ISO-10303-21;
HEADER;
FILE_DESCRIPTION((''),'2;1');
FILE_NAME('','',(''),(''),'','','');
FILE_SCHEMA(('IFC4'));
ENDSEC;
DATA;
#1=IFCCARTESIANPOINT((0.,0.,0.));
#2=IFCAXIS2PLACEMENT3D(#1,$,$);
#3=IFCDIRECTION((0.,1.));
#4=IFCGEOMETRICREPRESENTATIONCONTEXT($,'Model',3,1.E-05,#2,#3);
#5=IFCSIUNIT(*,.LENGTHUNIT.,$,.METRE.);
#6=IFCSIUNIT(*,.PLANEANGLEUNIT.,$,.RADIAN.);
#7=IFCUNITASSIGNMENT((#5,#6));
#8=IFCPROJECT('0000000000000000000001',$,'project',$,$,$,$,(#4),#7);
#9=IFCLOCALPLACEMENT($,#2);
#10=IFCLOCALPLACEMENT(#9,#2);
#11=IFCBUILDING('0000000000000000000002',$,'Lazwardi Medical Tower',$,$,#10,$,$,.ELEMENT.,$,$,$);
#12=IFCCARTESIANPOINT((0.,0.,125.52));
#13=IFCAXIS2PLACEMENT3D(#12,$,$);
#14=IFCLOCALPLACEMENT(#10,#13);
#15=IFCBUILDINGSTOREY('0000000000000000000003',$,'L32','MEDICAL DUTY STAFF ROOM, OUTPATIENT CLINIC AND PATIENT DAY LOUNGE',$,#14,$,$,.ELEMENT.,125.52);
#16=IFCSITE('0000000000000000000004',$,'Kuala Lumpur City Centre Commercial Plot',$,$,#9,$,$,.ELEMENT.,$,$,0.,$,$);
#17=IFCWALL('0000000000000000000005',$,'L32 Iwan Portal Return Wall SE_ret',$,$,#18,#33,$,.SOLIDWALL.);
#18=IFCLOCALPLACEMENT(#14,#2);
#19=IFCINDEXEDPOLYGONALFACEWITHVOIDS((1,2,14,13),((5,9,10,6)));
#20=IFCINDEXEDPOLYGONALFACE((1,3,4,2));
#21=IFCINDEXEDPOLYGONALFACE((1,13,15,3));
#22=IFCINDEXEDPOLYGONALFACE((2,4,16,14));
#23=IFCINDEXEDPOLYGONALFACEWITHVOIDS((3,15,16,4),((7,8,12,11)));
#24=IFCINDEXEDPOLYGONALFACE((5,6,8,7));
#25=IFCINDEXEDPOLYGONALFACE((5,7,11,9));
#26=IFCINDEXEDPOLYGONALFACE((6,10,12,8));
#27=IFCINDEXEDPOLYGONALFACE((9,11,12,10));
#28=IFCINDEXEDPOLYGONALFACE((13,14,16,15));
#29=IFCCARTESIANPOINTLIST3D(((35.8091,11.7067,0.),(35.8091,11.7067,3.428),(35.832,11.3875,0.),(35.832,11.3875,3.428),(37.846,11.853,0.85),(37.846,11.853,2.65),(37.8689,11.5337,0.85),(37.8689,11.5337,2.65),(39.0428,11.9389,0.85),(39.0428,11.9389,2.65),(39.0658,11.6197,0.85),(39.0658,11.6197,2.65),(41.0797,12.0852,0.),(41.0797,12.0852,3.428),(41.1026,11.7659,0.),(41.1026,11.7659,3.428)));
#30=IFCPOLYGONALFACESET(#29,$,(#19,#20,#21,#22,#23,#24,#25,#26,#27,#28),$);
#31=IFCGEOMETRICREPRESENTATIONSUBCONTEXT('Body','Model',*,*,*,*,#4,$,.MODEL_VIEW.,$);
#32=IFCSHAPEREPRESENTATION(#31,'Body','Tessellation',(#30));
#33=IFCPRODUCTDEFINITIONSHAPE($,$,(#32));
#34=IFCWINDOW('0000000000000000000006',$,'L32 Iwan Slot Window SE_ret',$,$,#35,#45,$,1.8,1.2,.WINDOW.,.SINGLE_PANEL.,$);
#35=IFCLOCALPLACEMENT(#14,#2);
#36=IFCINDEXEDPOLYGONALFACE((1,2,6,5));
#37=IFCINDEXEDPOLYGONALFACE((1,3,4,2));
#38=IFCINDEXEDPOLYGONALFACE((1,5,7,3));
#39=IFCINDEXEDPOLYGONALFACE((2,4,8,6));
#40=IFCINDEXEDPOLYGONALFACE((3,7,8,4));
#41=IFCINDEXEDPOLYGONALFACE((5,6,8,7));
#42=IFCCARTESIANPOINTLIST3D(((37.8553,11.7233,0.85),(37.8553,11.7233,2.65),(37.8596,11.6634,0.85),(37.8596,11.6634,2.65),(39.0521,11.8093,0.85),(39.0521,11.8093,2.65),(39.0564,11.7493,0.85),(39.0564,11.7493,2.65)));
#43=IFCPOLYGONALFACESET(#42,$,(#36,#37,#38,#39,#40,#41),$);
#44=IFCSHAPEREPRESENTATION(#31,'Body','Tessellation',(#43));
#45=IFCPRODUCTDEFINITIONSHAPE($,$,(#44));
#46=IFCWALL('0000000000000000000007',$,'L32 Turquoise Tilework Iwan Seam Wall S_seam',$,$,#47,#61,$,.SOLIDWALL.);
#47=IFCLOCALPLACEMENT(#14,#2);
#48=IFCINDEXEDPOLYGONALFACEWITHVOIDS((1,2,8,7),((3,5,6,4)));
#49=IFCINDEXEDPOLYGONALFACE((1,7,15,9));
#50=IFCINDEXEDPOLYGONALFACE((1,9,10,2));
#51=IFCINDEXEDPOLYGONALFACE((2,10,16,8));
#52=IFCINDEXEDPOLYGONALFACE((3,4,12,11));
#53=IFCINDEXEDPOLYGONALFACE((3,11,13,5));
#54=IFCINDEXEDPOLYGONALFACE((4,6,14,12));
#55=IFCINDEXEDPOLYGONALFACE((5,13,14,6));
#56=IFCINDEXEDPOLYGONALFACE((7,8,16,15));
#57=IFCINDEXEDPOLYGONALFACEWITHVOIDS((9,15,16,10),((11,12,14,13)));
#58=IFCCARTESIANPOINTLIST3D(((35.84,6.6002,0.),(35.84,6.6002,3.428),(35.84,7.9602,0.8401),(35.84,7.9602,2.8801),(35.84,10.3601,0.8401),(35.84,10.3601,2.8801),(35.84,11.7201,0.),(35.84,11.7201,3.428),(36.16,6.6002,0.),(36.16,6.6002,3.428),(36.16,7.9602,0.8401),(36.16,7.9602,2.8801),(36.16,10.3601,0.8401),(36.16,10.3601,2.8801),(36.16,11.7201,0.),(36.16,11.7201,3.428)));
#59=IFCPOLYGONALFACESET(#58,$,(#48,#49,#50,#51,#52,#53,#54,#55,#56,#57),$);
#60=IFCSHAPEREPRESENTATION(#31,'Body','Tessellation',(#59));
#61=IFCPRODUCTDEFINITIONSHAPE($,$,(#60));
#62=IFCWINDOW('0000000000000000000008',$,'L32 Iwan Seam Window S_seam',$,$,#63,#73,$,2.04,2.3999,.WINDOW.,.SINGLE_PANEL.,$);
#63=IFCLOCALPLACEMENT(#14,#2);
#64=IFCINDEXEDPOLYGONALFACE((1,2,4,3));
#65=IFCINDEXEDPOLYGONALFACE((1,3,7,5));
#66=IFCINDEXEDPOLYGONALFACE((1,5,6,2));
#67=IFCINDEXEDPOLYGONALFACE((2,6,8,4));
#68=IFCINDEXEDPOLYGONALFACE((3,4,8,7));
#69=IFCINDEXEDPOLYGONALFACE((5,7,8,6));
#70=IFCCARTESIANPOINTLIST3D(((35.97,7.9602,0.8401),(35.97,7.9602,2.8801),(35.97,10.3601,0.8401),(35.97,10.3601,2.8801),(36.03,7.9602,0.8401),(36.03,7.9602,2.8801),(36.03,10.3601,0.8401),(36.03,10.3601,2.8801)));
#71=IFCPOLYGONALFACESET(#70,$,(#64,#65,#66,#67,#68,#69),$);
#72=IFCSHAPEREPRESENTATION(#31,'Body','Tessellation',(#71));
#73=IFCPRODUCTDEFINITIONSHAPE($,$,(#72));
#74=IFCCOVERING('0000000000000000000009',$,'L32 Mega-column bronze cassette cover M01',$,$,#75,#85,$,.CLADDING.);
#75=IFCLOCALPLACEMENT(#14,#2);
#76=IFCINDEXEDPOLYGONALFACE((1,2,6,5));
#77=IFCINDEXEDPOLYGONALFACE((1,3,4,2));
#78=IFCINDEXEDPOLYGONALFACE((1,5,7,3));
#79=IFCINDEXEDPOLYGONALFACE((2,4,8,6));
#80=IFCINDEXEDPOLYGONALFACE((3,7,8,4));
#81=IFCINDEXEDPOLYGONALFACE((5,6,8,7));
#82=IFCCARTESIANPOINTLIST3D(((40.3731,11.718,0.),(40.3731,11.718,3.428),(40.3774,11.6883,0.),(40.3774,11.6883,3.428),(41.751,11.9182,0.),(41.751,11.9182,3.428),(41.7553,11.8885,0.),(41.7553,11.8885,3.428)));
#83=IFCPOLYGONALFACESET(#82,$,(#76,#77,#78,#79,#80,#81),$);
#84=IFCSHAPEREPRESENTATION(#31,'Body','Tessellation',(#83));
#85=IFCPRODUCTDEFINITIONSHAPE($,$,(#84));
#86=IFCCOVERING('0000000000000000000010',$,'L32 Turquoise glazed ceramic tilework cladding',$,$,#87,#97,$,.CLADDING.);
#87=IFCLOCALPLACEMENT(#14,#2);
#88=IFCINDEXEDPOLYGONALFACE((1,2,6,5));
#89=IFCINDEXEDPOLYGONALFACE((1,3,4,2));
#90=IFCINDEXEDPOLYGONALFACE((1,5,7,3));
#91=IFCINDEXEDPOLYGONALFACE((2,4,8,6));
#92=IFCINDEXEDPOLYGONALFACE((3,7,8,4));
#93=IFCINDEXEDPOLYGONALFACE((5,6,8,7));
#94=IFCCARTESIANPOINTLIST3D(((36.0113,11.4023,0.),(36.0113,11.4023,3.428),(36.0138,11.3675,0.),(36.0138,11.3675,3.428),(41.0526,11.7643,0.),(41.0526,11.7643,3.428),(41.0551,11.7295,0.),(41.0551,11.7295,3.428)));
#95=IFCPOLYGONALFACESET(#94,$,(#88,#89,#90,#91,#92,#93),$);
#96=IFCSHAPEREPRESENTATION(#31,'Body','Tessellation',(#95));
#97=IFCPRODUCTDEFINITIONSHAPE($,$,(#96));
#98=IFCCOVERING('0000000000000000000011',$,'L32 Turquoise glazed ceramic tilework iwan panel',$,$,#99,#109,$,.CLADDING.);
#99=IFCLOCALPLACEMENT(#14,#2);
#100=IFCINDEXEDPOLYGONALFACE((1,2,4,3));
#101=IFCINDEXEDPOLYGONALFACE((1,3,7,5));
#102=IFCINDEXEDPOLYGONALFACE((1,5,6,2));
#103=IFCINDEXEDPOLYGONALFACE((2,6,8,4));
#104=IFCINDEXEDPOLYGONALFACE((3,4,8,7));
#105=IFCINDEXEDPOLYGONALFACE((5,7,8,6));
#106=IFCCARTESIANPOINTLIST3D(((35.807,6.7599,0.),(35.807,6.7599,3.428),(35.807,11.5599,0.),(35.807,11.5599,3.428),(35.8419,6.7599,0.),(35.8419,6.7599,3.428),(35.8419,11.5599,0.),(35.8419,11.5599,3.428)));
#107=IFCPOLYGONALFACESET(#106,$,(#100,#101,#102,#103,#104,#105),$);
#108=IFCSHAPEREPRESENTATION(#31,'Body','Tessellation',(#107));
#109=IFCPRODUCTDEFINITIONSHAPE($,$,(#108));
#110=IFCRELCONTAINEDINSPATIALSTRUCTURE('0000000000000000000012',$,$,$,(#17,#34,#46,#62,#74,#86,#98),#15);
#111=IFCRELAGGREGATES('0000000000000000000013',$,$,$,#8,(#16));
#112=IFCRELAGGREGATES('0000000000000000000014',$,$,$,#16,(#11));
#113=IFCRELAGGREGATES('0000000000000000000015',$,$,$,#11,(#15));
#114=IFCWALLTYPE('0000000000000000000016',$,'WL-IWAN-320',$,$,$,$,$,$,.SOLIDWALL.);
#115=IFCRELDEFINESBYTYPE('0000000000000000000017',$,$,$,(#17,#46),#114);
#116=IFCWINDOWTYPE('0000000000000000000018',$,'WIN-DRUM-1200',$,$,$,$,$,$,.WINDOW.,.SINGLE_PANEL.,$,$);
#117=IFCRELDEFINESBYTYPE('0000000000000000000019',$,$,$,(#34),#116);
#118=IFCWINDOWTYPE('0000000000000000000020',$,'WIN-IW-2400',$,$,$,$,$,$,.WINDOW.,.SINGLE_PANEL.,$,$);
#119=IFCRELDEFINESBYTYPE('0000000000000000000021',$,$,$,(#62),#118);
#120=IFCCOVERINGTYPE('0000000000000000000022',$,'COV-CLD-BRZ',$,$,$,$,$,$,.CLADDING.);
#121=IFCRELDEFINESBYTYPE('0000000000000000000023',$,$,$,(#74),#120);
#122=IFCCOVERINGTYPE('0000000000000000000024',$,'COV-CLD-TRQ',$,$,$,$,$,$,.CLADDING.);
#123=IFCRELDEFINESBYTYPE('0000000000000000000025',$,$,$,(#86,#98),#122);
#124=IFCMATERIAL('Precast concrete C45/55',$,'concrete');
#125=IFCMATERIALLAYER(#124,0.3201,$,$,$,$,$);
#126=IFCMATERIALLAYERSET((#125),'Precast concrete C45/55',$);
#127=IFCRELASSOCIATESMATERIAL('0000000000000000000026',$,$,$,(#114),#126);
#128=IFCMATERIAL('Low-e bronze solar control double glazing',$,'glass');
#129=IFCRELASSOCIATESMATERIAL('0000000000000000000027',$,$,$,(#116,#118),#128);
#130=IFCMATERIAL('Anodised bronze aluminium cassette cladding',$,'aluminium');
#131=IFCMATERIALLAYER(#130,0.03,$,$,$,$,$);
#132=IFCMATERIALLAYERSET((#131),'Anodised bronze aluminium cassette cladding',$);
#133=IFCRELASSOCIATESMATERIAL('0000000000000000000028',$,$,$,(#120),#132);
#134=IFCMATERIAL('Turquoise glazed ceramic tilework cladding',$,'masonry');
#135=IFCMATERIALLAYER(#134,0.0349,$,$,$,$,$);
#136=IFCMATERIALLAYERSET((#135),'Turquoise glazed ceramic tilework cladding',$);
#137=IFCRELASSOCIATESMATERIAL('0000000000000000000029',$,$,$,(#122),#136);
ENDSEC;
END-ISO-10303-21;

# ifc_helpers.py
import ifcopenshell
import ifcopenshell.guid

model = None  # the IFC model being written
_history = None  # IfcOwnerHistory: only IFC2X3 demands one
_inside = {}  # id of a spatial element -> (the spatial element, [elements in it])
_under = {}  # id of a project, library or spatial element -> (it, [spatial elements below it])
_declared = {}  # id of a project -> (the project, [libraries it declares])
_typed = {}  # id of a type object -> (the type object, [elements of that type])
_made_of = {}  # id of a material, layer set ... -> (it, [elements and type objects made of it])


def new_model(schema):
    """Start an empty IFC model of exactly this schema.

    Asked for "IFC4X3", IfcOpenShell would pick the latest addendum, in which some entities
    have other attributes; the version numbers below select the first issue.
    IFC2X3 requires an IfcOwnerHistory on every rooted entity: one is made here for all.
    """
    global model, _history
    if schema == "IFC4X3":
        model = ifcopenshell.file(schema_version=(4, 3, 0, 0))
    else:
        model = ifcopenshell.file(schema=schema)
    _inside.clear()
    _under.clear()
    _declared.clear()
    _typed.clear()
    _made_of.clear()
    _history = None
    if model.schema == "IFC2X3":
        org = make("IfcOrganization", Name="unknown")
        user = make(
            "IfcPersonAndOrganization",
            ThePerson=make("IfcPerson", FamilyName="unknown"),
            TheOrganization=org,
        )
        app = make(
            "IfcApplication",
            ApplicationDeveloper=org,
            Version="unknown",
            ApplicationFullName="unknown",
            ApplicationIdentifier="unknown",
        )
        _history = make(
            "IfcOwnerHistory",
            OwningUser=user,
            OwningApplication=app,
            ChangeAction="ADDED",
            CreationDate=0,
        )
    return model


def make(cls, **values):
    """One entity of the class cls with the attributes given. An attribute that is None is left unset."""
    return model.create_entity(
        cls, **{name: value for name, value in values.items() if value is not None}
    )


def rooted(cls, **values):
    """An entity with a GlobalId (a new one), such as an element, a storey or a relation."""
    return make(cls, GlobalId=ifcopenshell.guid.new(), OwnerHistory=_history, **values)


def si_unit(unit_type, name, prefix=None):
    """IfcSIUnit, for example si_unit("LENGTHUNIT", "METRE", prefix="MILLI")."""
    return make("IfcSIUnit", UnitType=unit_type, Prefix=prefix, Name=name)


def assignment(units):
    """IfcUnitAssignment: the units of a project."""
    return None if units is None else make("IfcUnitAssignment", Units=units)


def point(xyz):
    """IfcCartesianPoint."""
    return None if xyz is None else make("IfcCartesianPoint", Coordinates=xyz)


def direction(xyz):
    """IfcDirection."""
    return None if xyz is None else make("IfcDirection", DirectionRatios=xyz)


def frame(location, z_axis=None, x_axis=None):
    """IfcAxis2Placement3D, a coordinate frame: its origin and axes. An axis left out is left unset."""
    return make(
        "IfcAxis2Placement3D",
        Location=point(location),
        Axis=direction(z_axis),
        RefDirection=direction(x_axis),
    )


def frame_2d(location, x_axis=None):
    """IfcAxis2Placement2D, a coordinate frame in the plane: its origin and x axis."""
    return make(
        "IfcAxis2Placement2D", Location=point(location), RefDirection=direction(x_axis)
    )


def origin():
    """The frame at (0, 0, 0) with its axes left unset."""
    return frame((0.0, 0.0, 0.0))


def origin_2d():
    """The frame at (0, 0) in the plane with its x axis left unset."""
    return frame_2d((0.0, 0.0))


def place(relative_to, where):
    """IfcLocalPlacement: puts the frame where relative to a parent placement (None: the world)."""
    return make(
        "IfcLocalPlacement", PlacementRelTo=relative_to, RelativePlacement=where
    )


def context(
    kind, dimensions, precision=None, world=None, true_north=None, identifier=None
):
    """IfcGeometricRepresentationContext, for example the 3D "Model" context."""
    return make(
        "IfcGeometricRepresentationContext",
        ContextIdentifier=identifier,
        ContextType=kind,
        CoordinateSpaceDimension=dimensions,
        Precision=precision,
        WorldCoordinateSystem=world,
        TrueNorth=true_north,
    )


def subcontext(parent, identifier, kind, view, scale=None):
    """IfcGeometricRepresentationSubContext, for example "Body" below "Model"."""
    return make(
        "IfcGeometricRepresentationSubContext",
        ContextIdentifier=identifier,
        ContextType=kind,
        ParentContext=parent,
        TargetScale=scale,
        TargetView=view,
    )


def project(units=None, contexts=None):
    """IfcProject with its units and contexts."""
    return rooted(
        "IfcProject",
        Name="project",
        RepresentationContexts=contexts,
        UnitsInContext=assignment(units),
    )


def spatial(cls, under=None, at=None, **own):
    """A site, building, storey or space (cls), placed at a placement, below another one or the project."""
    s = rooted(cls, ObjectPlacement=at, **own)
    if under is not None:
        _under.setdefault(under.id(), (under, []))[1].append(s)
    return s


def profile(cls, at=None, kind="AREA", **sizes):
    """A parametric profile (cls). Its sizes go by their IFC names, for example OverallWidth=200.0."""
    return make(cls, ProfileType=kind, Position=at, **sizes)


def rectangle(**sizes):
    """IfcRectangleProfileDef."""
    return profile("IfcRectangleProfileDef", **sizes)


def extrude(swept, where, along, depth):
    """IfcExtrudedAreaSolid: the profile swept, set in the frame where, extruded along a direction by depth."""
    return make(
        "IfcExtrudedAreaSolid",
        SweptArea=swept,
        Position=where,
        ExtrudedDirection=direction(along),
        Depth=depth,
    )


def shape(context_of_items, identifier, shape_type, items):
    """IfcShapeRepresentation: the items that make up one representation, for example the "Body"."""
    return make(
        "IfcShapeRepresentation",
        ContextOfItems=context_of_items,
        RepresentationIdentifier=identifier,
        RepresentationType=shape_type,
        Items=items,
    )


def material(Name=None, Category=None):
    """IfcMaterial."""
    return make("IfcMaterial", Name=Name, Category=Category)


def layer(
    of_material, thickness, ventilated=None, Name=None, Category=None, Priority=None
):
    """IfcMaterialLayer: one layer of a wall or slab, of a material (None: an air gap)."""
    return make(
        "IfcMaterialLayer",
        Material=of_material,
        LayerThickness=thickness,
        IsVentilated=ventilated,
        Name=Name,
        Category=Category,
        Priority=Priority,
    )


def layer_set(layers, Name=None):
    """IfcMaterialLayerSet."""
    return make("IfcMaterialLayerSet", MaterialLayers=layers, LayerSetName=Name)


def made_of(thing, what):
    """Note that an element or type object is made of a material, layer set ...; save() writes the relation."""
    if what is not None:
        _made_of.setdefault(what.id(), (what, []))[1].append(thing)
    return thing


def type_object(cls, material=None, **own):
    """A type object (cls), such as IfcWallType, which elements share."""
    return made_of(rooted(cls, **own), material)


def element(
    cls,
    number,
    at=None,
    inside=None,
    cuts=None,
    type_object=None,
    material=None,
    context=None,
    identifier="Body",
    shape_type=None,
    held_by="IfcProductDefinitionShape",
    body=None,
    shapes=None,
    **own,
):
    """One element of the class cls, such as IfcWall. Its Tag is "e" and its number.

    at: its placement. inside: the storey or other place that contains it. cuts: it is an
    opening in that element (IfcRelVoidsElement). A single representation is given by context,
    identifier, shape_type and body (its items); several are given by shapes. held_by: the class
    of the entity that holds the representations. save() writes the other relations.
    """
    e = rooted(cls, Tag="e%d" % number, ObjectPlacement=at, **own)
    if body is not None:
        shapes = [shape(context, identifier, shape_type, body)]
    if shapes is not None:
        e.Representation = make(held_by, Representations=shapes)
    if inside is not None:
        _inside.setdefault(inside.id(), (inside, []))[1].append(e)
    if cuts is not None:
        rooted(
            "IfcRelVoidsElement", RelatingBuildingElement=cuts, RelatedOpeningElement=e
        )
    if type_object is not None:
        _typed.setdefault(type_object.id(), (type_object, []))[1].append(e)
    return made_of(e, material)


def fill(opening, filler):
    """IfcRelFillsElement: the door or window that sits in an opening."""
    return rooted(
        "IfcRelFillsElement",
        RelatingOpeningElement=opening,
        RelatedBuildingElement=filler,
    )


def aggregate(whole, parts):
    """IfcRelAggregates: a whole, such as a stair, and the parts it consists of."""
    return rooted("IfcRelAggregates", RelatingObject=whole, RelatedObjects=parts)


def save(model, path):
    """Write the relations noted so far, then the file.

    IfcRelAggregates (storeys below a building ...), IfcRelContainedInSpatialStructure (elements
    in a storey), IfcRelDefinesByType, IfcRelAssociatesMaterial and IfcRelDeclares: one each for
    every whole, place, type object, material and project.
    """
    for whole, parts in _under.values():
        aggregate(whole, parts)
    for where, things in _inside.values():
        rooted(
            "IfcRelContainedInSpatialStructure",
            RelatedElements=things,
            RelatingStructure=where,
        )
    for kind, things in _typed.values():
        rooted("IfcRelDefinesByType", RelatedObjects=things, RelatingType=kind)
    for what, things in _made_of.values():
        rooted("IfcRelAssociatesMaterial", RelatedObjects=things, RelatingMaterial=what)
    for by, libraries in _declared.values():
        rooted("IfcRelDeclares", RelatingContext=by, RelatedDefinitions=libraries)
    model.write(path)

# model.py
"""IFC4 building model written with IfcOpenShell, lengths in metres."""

from ifc_helpers import new_model, si_unit, direction, frame, frame_2d, origin, origin_2d, place, context, subcontext, project, spatial, rectangle, extrude, material, layer, layer_set, type_object, element, fill, save


model = new_model("IFC4")

# Units and contexts
model_context = context("Model", 3, precision=1e-05, world=origin(), true_north=direction((0.0, 1.0)))
body_context = subcontext(model_context, "Body", "Model", "MODEL_VIEW")
ifc_project = project(units=[si_unit("LENGTHUNIT", "METRE"), si_unit("PLANEANGLEUNIT", "RADIAN")], contexts=[model_context])

# Site, building, storey
site_placement = place(None, origin())
site = spatial("IfcSite", under=ifc_project, at=site_placement, Name="Kuala Lumpur City Centre Commercial Plot", CompositionType="ELEMENT", RefElevation=0.0)
building_placement = place(site_placement, origin())
building = spatial("IfcBuilding", under=site, at=building_placement, Name="Lazwardi Medical Tower", CompositionType="ELEMENT")
storey_placement = place(building_placement, frame((0.0, 0.0, 125.52)))
storey = spatial("IfcBuildingStorey", under=building, at=storey_placement, Name="L32", Description="MEDICAL DUTY STAFF ROOM, OUTPATIENT CLINIC AND PATIENT DAY LOUNGE", CompositionType="ELEMENT", Elevation=125.52)

# Shared definitions
ifc_material_1 = material(Name="Low-e bronze solar control double glazing", Category="glass")

# Walls, openings, windows
ifc_material_2 = material(Name="Precast concrete C45/55", Category="concrete")
ifc_layer_1 = layer(ifc_material_2, 0.3201)
ifc_layer_set_1 = layer_set([ifc_layer_1], Name="Precast concrete C45/55")
wall_type_1 = type_object("IfcWallType", Name="WL-IWAN-320", PredefinedType="SOLIDWALL", material=ifc_layer_set_1)
wall_1_placement = place(storey_placement, frame((35.8206, 11.5471, 0.0), z_axis=(0.0, 0.0, 1.0), x_axis=(0.997432, 0.071615, 0.0)))
wall_1 = element("IfcWall", 1, at=wall_1_placement, inside=storey, type_object=wall_type_1, Name="L32 Iwan Portal Return Wall SE_ret", PredefinedType="SOLIDWALL", context=body_context, shape_type="SweptSolid", body=[
    extrude(rectangle(XDim=5.2842, YDim=0.3201, at=frame_2d((2.6421, 0.0))), origin(), (0.0, 0.0, 1.0), 3.428),
])
opening_1_placement = place(wall_1_placement, frame((2.042, 0.0, 0.8501)))
opening_1 = element("IfcOpeningElement", 2, at=opening_1_placement, cuts=wall_1, PredefinedType="OPENING", context=body_context, shape_type="SweptSolid", body=[
    extrude(rectangle(XDim=1.2, YDim=1.8, at=frame_2d((0.6001, 0.8999))), frame((0.0, 0.1699, 0.0), z_axis=(0.0, -1.0, 0.0), x_axis=(1.0, 0.0, 0.0)), (0.0, 0.0, 1.0), 0.3401),
])
window_type_1 = type_object("IfcWindowType", Name="WIN-DRUM-1200", PartitioningType="SINGLE_PANEL", PredefinedType="WINDOW", material=ifc_material_1)
window_1_placement = place(opening_1_placement, origin())
window_1 = element("IfcWindow", 3, at=window_1_placement, inside=storey, type_object=window_type_1, Name="L32 Iwan Slot Window SE_ret", OverallHeight=1.8, OverallWidth=1.2, PartitioningType="SINGLE_PANEL", PredefinedType="WINDOW", context=body_context, shape_type="SweptSolid", body=[
    extrude(rectangle(XDim=1.2, YDim=1.8, at=frame_2d((0.6001, 0.8999))), frame((0.0, 0.03, 0.0), z_axis=(0.0, -1.0, 0.0), x_axis=(1.0, 0.0, 0.0)), (0.0, 0.0, 1.0), 0.0601),
])
fill(opening_1, window_1)
wall_2_placement = place(storey_placement, frame((36.0, 6.6001, 0.0), z_axis=(0.0, 0.0, 1.0), x_axis=(0.0, 1.0, 0.0)))
wall_2 = element("IfcWall", 4, at=wall_2_placement, inside=storey, type_object=wall_type_1, Name="L32 Turquoise Tilework Iwan Seam Wall S_seam", PredefinedType="SOLIDWALL", context=body_context, shape_type="SweptSolid", body=[
    extrude(rectangle(XDim=5.1199, YDim=0.3201, at=frame_2d((2.5601, 0.0))), origin(), (0.0, 0.0, 1.0), 3.428),
])
opening_2_placement = place(wall_2_placement, frame((1.3601, 0.0, 0.8401)))
opening_2 = element("IfcOpeningElement", 5, at=opening_2_placement, cuts=wall_2, PredefinedType="OPENING", context=body_context, shape_type="SweptSolid", body=[
    extrude(rectangle(XDim=2.3999, YDim=2.04, at=frame_2d((1.2, 1.02))), frame((0.0, 0.1699, 0.0), z_axis=(0.0, -1.0, 0.0), x_axis=(1.0, 0.0, 0.0)), (0.0, 0.0, 1.0), 0.3401),
])
window_type_2 = type_object("IfcWindowType", Name="WIN-IW-2400", PartitioningType="SINGLE_PANEL", PredefinedType="WINDOW", material=ifc_material_1)
window_2_placement = place(opening_2_placement, origin())
window_2 = element("IfcWindow", 6, at=window_2_placement, inside=storey, type_object=window_type_2, Name="L32 Iwan Seam Window S_seam", OverallHeight=2.04, OverallWidth=2.3999, PartitioningType="SINGLE_PANEL", PredefinedType="WINDOW", context=body_context, shape_type="SweptSolid", body=[
    extrude(rectangle(XDim=2.3999, YDim=2.04, at=frame_2d((1.2, 1.02))), frame((0.0, 0.03, 0.0), z_axis=(0.0, -1.0, 0.0), x_axis=(1.0, 0.0, 0.0)), (0.0, 0.0, 1.0), 0.0601),
])
fill(opening_2, window_2)

# Coverings
ifc_material_3 = material(Name="Anodised bronze aluminium cassette cladding", Category="aluminium")
ifc_layer_2 = layer(ifc_material_3, 0.03)
ifc_layer_set_2 = layer_set([ifc_layer_2], Name="Anodised bronze aluminium cassette cladding")
covering_type_1 = type_object("IfcCoveringType", Name="COV-CLD-BRZ", PredefinedType="CLADDING", material=ifc_layer_set_2)
covering_1_placement = place(storey_placement, frame((41.0642, 11.8032, 0.0), z_axis=(0.0, 0.0, 1.0), x_axis=(0.989609, 0.143785, 0.0)))
element("IfcCovering", 7, at=covering_1_placement, inside=storey, type_object=covering_type_1, Name="L32 Mega-column bronze cassette cover M01", PredefinedType="CLADDING", context=body_context, shape_type="SweptSolid", body=[
    extrude(rectangle(XDim=1.3923, YDim=0.03, at=origin_2d()), origin(), (0.0, 0.0, 1.0), 3.428),
])
ifc_material_4 = material(Name="Turquoise glazed ceramic tilework cladding", Category="masonry")
ifc_layer_3 = layer(ifc_material_4, 0.0349)
ifc_layer_set_3 = layer_set([ifc_layer_3], Name="Turquoise glazed ceramic tilework cladding")
covering_type_2 = type_object("IfcCoveringType", Name="COV-CLD-TRQ", PredefinedType="CLADDING", material=ifc_layer_set_3)
covering_2_placement = place(storey_placement, frame((38.5332, 11.5659, 0.0), z_axis=(0.0, 0.0, 1.0), x_axis=(0.997432, 0.071625, 0.0)))
element("IfcCovering", 8, at=covering_2_placement, inside=storey, type_object=covering_type_2, Name="L32 Turquoise glazed ceramic tilework cladding", PredefinedType="CLADDING", context=body_context, shape_type="SweptSolid", body=[
    extrude(rectangle(XDim=5.0542, YDim=0.0349, at=origin_2d()), origin(), (0.0, 0.0, 1.0), 3.428),
])
covering_3_placement = place(storey_placement, frame((35.8245, 9.1599, 0.0), z_axis=(0.0, 0.0, 1.0), x_axis=(0.0, 1.0, 0.0)))
element("IfcCovering", 9, at=covering_3_placement, inside=storey, type_object=covering_type_2, Name="L32 Turquoise glazed ceramic tilework iwan panel", PredefinedType="CLADDING", context=body_context, shape_type="SweptSolid", body=[
    extrude(rectangle(XDim=4.8, YDim=0.0349, at=origin_2d()), origin(), (0.0, 0.0, 1.0), 3.428),
])

save(model, "model.ifc")
